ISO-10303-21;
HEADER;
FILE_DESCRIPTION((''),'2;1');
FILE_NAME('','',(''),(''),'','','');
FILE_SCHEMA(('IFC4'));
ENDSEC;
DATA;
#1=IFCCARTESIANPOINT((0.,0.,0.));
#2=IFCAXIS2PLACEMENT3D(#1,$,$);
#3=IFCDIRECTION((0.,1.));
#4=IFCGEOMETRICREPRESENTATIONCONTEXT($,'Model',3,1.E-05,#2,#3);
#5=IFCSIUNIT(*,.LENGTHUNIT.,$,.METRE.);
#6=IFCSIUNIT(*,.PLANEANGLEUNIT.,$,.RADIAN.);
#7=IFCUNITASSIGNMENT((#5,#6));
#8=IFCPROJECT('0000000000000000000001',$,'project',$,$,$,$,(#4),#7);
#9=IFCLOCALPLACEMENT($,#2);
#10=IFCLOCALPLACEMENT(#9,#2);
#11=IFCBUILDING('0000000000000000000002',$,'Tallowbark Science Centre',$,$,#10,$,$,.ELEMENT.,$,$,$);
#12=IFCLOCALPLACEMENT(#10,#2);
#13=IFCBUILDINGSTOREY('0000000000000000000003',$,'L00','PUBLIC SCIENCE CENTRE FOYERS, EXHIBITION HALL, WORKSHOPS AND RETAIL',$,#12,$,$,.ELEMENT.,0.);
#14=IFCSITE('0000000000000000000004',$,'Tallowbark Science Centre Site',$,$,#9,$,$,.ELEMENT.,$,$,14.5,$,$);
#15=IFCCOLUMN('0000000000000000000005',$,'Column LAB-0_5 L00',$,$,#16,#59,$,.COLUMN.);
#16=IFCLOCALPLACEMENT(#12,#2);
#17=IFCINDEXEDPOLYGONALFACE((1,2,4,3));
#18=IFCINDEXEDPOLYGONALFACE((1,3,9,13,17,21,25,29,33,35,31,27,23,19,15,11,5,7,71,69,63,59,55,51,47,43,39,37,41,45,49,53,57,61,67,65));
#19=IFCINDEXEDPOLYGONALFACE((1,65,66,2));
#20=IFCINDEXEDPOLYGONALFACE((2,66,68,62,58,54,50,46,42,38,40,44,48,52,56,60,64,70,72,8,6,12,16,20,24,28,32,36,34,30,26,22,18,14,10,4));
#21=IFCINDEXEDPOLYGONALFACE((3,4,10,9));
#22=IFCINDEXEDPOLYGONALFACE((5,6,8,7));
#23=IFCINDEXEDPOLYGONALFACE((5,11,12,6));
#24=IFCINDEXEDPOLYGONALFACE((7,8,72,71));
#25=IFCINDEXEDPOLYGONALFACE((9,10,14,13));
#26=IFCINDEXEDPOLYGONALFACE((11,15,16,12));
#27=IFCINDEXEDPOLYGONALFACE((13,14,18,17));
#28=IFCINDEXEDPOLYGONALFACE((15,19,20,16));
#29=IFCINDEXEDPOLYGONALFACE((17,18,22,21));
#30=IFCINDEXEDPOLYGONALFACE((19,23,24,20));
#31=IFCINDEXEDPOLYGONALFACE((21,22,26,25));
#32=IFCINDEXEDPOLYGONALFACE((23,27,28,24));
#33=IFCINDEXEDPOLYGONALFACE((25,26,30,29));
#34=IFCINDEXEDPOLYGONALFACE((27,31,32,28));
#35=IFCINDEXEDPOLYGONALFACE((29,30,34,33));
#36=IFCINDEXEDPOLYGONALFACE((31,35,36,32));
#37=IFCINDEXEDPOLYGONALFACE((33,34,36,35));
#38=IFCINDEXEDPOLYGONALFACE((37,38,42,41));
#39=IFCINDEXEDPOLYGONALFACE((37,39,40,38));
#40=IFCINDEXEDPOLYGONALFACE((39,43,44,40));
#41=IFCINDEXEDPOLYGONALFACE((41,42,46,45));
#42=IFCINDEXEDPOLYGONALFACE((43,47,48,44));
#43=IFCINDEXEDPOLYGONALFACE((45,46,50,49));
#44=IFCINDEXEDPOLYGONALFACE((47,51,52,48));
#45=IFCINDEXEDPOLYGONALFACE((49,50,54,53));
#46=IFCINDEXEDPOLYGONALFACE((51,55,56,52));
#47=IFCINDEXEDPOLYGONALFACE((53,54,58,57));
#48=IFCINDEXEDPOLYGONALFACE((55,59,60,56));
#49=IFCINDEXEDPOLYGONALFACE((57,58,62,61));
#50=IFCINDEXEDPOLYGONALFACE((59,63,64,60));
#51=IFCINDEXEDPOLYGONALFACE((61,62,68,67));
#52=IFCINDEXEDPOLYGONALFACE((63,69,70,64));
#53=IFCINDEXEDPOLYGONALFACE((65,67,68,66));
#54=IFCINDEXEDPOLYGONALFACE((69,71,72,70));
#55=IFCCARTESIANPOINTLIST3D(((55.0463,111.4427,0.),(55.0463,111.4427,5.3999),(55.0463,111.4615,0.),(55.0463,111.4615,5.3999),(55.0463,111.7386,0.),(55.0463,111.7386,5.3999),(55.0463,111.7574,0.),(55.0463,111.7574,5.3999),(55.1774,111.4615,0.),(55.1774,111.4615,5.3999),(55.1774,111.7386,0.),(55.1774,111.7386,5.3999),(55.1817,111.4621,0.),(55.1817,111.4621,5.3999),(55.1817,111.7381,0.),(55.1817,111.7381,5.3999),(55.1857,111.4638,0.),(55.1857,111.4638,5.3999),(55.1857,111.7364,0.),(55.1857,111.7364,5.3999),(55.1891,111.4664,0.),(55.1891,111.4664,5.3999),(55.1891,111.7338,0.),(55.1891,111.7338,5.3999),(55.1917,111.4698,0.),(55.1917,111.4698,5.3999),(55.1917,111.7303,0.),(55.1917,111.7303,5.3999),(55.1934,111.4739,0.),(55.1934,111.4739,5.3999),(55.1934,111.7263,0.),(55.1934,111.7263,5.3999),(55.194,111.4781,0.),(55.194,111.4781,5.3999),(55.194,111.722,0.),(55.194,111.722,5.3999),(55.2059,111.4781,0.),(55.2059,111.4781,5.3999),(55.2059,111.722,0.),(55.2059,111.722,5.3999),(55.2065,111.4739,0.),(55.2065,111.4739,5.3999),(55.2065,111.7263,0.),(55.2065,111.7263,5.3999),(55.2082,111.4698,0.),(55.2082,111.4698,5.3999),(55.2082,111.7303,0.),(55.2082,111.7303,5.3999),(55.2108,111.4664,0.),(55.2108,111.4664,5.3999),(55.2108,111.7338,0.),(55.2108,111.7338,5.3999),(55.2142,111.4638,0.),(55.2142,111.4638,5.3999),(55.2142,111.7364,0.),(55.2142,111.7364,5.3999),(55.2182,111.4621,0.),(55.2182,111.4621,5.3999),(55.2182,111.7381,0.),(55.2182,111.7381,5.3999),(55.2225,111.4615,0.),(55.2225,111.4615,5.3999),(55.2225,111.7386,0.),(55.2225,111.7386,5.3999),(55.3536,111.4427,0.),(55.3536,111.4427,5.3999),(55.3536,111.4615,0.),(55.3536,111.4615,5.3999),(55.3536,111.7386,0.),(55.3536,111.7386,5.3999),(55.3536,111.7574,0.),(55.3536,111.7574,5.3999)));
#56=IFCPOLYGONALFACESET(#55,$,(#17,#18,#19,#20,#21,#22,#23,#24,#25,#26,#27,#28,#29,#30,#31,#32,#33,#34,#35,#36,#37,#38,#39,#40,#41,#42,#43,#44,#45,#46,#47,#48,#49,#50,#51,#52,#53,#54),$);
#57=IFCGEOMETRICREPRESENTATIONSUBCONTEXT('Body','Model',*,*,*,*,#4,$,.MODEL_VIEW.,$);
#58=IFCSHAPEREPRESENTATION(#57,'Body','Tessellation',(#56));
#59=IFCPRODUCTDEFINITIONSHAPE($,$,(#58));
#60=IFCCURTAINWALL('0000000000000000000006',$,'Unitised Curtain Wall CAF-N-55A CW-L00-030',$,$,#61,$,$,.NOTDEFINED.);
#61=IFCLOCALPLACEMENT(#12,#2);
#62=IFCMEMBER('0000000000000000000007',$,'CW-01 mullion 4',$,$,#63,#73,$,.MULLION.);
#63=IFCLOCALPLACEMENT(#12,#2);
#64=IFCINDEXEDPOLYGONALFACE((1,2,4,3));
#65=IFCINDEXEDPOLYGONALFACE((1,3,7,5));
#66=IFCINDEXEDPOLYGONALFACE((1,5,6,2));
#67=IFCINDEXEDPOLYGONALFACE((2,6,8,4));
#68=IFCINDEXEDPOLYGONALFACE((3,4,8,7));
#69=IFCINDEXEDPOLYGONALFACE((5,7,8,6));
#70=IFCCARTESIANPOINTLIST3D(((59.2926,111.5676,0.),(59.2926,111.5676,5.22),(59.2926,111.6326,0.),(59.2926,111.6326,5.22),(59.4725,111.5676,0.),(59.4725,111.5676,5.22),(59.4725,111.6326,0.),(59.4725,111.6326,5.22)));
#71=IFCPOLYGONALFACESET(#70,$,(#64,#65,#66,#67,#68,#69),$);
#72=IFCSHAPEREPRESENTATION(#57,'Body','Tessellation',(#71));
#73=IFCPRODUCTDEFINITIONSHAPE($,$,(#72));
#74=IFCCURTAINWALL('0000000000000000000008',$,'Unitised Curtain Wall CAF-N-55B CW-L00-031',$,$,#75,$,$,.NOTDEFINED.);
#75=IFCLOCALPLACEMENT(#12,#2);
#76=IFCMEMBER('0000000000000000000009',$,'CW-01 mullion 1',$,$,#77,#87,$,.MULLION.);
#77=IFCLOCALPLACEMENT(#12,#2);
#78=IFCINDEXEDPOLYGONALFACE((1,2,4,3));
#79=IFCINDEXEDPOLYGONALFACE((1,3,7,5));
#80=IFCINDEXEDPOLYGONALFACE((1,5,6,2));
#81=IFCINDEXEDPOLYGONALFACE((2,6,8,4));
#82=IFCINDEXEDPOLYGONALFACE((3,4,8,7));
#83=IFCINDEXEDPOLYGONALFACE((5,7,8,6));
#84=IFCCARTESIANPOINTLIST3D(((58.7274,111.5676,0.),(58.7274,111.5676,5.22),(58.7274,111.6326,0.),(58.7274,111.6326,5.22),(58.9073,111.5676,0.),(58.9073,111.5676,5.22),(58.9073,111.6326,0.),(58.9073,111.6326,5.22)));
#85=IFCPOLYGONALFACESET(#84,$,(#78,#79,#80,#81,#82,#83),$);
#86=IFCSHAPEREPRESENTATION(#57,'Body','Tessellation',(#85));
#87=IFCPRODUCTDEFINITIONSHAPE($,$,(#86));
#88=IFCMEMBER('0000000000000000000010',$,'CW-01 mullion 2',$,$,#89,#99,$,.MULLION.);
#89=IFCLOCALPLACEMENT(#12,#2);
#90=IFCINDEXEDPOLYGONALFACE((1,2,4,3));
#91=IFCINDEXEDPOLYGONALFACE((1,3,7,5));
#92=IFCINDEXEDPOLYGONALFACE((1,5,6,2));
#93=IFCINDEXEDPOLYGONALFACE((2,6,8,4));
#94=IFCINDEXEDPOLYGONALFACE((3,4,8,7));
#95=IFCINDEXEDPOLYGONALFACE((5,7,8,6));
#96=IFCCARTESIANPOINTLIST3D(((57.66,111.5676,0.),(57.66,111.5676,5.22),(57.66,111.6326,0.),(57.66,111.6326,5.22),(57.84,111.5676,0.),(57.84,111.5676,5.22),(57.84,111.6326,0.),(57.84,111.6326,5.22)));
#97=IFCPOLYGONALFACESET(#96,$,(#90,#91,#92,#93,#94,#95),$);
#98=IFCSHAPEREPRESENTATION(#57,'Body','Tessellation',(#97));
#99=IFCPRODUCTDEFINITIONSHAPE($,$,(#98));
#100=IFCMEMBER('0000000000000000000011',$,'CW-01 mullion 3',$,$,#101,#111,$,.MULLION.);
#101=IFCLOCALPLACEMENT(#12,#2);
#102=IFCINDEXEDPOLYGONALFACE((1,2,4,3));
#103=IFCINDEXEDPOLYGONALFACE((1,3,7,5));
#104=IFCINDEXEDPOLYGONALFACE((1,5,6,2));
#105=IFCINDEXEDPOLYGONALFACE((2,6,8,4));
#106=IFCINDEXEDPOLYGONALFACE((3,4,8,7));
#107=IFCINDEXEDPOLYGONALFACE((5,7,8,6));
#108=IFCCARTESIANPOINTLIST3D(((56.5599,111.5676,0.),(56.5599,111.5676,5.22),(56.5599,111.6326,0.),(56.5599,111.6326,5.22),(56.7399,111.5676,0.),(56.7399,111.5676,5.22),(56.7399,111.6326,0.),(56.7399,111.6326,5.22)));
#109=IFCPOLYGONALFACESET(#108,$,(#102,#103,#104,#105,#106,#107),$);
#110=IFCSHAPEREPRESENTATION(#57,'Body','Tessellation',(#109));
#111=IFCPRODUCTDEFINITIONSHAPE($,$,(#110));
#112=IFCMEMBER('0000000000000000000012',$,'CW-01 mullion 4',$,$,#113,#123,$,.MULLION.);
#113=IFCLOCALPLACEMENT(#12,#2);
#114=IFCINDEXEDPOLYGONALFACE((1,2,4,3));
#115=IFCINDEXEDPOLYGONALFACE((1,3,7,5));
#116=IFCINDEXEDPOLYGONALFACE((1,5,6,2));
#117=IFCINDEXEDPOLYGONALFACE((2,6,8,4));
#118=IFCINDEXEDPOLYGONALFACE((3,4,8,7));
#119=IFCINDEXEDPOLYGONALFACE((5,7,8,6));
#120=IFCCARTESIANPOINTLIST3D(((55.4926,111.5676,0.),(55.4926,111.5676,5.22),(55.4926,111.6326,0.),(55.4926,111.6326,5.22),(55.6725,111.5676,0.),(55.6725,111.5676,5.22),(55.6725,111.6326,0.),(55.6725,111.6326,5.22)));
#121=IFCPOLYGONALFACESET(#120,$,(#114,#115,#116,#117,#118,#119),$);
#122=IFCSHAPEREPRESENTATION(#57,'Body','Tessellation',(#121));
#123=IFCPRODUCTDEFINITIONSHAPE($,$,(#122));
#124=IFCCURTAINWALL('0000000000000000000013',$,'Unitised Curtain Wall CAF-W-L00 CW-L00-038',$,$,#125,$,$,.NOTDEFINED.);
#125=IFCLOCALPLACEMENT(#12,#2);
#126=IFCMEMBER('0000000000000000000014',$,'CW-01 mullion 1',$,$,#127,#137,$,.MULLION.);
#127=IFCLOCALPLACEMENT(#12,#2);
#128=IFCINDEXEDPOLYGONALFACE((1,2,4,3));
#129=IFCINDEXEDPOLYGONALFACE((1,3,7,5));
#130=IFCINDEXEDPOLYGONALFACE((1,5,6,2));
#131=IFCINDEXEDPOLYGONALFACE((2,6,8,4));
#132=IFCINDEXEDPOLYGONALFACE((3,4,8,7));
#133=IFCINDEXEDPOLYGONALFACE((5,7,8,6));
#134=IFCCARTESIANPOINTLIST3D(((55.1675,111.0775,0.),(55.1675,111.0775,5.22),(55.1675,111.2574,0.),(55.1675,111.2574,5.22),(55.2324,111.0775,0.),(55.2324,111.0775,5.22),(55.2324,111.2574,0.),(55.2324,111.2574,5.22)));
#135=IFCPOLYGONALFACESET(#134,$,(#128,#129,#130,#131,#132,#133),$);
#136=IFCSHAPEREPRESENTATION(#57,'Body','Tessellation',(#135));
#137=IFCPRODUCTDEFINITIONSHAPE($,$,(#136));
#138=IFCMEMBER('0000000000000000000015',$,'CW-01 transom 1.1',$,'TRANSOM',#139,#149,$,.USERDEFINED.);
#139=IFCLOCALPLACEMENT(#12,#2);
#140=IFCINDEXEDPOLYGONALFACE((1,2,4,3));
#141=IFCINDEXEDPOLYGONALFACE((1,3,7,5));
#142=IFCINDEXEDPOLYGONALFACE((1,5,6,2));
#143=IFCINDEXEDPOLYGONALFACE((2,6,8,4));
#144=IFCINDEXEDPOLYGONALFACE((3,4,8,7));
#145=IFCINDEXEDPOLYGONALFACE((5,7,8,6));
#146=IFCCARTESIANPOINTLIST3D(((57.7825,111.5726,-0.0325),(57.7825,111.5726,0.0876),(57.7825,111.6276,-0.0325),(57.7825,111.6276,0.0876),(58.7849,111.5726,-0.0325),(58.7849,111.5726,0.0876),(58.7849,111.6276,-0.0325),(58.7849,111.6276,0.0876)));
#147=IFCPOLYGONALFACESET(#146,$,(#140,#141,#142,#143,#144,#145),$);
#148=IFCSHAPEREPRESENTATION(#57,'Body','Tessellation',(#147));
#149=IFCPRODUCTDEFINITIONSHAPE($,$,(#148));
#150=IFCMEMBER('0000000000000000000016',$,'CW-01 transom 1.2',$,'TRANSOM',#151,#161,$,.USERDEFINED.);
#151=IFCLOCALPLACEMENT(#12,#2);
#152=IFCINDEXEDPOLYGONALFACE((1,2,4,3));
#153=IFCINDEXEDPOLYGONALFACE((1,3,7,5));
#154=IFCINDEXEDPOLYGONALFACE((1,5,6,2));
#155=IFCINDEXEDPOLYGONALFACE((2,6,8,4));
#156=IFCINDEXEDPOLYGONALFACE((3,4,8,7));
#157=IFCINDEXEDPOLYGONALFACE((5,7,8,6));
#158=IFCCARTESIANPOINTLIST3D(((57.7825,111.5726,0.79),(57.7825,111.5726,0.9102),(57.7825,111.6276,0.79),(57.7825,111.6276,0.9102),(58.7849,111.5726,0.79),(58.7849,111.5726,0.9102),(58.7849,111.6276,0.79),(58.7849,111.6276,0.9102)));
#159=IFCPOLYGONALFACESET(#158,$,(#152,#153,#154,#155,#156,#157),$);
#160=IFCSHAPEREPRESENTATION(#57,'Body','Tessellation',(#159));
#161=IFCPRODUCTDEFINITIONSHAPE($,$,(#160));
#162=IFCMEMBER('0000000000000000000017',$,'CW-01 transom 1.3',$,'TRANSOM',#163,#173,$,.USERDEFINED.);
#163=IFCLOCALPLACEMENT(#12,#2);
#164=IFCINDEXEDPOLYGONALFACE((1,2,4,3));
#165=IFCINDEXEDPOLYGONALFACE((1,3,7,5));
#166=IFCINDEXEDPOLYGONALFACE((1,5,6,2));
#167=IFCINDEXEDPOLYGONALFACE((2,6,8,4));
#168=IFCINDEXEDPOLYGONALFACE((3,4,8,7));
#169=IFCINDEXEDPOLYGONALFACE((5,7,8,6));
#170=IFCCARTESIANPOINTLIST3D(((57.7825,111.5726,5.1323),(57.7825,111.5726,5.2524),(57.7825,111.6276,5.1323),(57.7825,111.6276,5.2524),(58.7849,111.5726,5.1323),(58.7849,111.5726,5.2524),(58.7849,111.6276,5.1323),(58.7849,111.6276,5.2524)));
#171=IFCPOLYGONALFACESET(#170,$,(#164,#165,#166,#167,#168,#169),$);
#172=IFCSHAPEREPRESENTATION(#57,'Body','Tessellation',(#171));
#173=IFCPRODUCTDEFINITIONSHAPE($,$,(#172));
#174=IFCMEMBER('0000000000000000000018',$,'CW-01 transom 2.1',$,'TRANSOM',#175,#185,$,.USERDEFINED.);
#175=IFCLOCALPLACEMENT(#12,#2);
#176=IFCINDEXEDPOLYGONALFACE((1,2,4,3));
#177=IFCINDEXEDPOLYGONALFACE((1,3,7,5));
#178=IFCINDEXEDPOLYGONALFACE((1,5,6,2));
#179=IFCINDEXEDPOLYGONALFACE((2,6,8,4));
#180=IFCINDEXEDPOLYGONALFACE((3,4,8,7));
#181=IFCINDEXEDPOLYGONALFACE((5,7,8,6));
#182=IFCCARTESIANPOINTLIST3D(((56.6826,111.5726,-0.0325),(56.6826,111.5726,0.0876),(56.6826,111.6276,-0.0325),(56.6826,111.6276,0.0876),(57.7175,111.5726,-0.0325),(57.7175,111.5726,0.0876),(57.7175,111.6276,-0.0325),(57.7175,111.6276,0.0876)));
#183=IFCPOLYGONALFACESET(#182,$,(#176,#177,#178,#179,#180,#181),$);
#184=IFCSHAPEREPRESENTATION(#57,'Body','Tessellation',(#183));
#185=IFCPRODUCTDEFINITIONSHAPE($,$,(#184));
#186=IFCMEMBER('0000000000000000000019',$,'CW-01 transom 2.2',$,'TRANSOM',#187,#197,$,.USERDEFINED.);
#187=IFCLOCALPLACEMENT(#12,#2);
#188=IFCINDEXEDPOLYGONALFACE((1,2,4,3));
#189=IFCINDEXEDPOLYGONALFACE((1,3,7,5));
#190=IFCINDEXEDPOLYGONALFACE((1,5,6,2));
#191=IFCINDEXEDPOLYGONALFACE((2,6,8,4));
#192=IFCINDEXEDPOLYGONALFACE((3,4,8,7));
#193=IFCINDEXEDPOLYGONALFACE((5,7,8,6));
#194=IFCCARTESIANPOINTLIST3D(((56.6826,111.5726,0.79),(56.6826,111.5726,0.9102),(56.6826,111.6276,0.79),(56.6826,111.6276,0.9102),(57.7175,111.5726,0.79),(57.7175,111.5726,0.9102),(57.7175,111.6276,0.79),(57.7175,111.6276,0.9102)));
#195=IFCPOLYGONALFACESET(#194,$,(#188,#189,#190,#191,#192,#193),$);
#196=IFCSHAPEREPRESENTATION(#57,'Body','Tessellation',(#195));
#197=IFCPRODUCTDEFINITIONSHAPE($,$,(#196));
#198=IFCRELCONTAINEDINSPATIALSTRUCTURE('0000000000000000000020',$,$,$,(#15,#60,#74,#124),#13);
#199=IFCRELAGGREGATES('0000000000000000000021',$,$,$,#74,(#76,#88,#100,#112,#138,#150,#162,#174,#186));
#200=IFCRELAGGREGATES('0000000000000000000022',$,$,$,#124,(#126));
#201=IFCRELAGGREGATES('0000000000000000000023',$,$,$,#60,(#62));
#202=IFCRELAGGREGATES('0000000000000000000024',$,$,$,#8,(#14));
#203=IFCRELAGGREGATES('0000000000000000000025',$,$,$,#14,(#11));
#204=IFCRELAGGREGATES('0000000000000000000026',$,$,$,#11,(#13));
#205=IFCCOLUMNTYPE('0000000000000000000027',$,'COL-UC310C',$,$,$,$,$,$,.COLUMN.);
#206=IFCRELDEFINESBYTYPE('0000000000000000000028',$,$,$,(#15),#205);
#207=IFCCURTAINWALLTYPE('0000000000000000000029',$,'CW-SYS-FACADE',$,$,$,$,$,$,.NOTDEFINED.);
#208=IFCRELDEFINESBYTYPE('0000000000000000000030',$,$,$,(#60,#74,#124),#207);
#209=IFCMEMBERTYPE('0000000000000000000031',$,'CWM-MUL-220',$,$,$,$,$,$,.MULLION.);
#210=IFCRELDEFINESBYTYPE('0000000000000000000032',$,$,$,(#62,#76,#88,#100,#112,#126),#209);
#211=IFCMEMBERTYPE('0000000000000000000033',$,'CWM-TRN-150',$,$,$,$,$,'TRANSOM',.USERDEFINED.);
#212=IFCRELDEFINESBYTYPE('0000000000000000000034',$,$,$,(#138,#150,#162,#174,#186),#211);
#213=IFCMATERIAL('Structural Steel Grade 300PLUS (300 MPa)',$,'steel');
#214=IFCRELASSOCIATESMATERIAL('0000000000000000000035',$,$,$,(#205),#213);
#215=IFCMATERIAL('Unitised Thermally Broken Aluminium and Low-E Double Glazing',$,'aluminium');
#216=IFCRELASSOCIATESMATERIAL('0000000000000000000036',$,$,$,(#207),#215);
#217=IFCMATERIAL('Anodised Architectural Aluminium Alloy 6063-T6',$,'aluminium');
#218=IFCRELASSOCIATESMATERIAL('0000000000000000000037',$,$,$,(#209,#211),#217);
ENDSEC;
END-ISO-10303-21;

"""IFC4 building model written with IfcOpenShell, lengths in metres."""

from ifc_helpers import new_model, si_unit, direction, frame, origin, origin_2d, place, context, subcontext, project, spatial, rectangle, i_section, extrude, material, material_profile, profile_set, type_object, element, aggregate, save


model = new_model("IFC4")

# Units and contexts
model_context = context("Model", 3, precision=1e-05, world=origin(), true_north=direction((0.0, 1.0)))
body_context = subcontext(model_context, "Body", "Model", "MODEL_VIEW")
ifc_project = project(units=[si_unit("LENGTHUNIT", "METRE"), si_unit("PLANEANGLEUNIT", "RADIAN")], contexts=[model_context])

# Site, building, storey
site_placement = place(None, origin())
site = spatial("IfcSite", under=ifc_project, at=site_placement, Name="Tallowbark Science Centre Site", CompositionType="ELEMENT", RefElevation=14.5)
building_placement = place(site_placement, origin())
building = spatial("IfcBuilding", under=site, at=building_placement, Name="Tallowbark Science Centre", CompositionType="ELEMENT")
storey_placement = place(building_placement, origin())
storey = spatial("IfcBuildingStorey", under=building, at=storey_placement, Name="L00", Description="PUBLIC SCIENCE CENTRE FOYERS, EXHIBITION HALL, WORKSHOPS AND RETAIL", CompositionType="ELEMENT", Elevation=0.0)

# Column
ifc_material_1 = material(Name="Structural Steel Grade 300PLUS (300 MPa)", Category="steel")
ifc_material_profile_1 = material_profile(ifc_material_1, i_section(OverallWidth=0.3074, OverallDepth=0.3147, WebThickness=0.012, FlangeThickness=0.0188, FilletRadius=0.0166, at=origin_2d()), Name="310UC118")
ifc_profile_set_1 = profile_set([ifc_material_profile_1], Name="Structural Steel Grade 300PLUS (300 MPa)")
column_type = type_object("IfcColumnType", Name="COL-UC310C", PredefinedType="COLUMN", material=ifc_profile_set_1)
column_placement = place(storey_placement, frame((55.2, 111.6001, 0.0), z_axis=(0.0, 0.0, 1.0), x_axis=(1.0, 0.0, 0.0)))
element("IfcColumn", 1, at=column_placement, inside=storey, type_object=column_type, Name="Column LAB-0_5 L00", PredefinedType="COLUMN", context=body_context, shape_type="SweptSolid", body=[
    extrude(i_section(OverallWidth=0.3074, OverallDepth=0.3147, WebThickness=0.012, FlangeThickness=0.0188, FilletRadius=0.0166, at=origin_2d()), origin(), (0.0, 0.0, 1.0), 5.3999),
])

# Curtain wall, member
ifc_material_2 = material(Name="Unitised Thermally Broken Aluminium and Low-E Double Glazing", Category="aluminium")
curtain_wall_type = type_object("IfcCurtainWallType", Name="CW-SYS-FACADE", PredefinedType="NOTDEFINED", material=ifc_material_2)
curtain_wall_1_placement = place(storey_placement, origin())
curtain_wall_1 = element("IfcCurtainWall", 2, at=curtain_wall_1_placement, inside=storey, type_object=curtain_wall_type, Name="Unitised Curtain Wall CAF-N-55A CW-L00-030", PredefinedType="NOTDEFINED")
ifc_material_3 = material(Name="Anodised Architectural Aluminium Alloy 6063-T6", Category="aluminium")
ifc_material_profile_2 = material_profile(ifc_material_3, rectangle(XDim=0.0649, YDim=0.1799, at=origin_2d()), Name="ALU65x180")
ifc_profile_set_2 = profile_set([ifc_material_profile_2], Name="Anodised Architectural Aluminium Alloy 6063-T6")
member_type_1 = type_object("IfcMemberType", Name="CWM-MUL-220", PredefinedType="MULLION", material=ifc_profile_set_2)
member_1_placement = place(storey_placement, frame((59.3826, 111.6001, 0.0), z_axis=(0.0, 0.0, 1.0), x_axis=(0.0, -1.0, 0.0)))
member_1 = element("IfcMember", 3, at=member_1_placement, type_object=member_type_1, Name="CW-01 mullion 4", PredefinedType="MULLION", context=body_context, shape_type="SweptSolid", body=[
    extrude(rectangle(XDim=0.0649, YDim=0.1799, at=origin_2d()), origin(), (0.0, 0.0, 1.0), 5.22),
])

# Curtain wall, members
curtain_wall_2_placement = place(storey_placement, origin())
curtain_wall_2 = element("IfcCurtainWall", 4, at=curtain_wall_2_placement, inside=storey, type_object=curtain_wall_type, Name="Unitised Curtain Wall CAF-N-55B CW-L00-031", PredefinedType="NOTDEFINED")
member_2_placement = place(storey_placement, frame((58.8174, 111.6001, 0.0), z_axis=(0.0, 0.0, 1.0), x_axis=(0.0, -1.0, 0.0)))
member_2 = element("IfcMember", 5, at=member_2_placement, type_object=member_type_1, Name="CW-01 mullion 1", PredefinedType="MULLION", context=body_context, shape_type="SweptSolid", body=[
    extrude(rectangle(XDim=0.0649, YDim=0.1799, at=origin_2d()), origin(), (0.0, 0.0, 1.0), 5.22),
])
member_3_placement = place(storey_placement, frame((57.75, 111.6001, 0.0), z_axis=(0.0, 0.0, 1.0), x_axis=(0.0, -1.0, 0.0)))
member_3 = element("IfcMember", 6, at=member_3_placement, type_object=member_type_1, Name="CW-01 mullion 2", PredefinedType="MULLION", context=body_context, shape_type="SweptSolid", body=[
    extrude(rectangle(XDim=0.0649, YDim=0.1799, at=origin_2d()), origin(), (0.0, 0.0, 1.0), 5.22),
])
member_4_placement = place(storey_placement, frame((56.6499, 111.6001, 0.0), z_axis=(0.0, 0.0, 1.0), x_axis=(0.0, -1.0, 0.0)))
member_4 = element("IfcMember", 7, at=member_4_placement, type_object=member_type_1, Name="CW-01 mullion 3", PredefinedType="MULLION", context=body_context, shape_type="SweptSolid", body=[
    extrude(rectangle(XDim=0.0649, YDim=0.1799, at=origin_2d()), origin(), (0.0, 0.0, 1.0), 5.22),
])
member_5_placement = place(storey_placement, frame((55.5825, 111.6001, 0.0), z_axis=(0.0, 0.0, 1.0), x_axis=(0.0, -1.0, 0.0)))
member_5 = element("IfcMember", 8, at=member_5_placement, type_object=member_type_1, Name="CW-01 mullion 4", PredefinedType="MULLION", context=body_context, shape_type="SweptSolid", body=[
    extrude(rectangle(XDim=0.0649, YDim=0.1799, at=origin_2d()), origin(), (0.0, 0.0, 1.0), 5.22),
])

# Curtain wall, member
curtain_wall_3_placement = place(storey_placement, origin())
curtain_wall_3 = element("IfcCurtainWall", 9, at=curtain_wall_3_placement, inside=storey, type_object=curtain_wall_type, Name="Unitised Curtain Wall CAF-W-L00 CW-L00-038", PredefinedType="NOTDEFINED")
member_6_placement = place(storey_placement, frame((55.2, 111.1675, 0.0), z_axis=(0.0, 0.0, 1.0), x_axis=(1.0, 0.0, 0.0)))
member_6 = element("IfcMember", 10, at=member_6_placement, type_object=member_type_1, Name="CW-01 mullion 1", PredefinedType="MULLION", context=body_context, shape_type="SweptSolid", body=[
    extrude(rectangle(XDim=0.0649, YDim=0.1799, at=origin_2d()), origin(), (0.0, 0.0, 1.0), 5.22),
])

# Members
ifc_material_profile_3 = material_profile(ifc_material_3, rectangle(XDim=0.0549, YDim=0.1201, at=origin_2d()), Name="ALU55x120")
ifc_profile_set_3 = profile_set([ifc_material_profile_3], Name="Anodised Architectural Aluminium Alloy 6063-T6")
member_type_2 = type_object("IfcMemberType", Name="CWM-TRN-150", ElementType="TRANSOM", PredefinedType="USERDEFINED", material=ifc_profile_set_3)
member_7_placement = place(storey_placement, frame((58.7849, 111.6001, 0.0276), z_axis=(-1.0, 0.0, 0.0), x_axis=(0.0, -1.0, 0.0)))
member_7 = element("IfcMember", 11, at=member_7_placement, type_object=member_type_2, Name="CW-01 transom 1.1", ObjectType="TRANSOM", PredefinedType="USERDEFINED", context=body_context, shape_type="SweptSolid", body=[
    extrude(rectangle(XDim=0.0549, YDim=0.1201, at=origin_2d()), origin(), (0.0, 0.0, 1.0), 1.0024),
])
member_8_placement = place(storey_placement, frame((58.7849, 111.6001, 0.8501), z_axis=(-1.0, 0.0, 0.0), x_axis=(0.0, -1.0, 0.0)))
member_8 = element("IfcMember", 12, at=member_8_placement, type_object=member_type_2, Name="CW-01 transom 1.2", ObjectType="TRANSOM", PredefinedType="USERDEFINED", context=body_context, shape_type="SweptSolid", body=[
    extrude(rectangle(XDim=0.0549, YDim=0.1201, at=origin_2d()), origin(), (0.0, 0.0, 1.0), 1.0024),
])
member_9_placement = place(storey_placement, frame((58.7849, 111.6001, 5.1924), z_axis=(-1.0, 0.0, 0.0), x_axis=(0.0, -1.0, 0.0)))
member_9 = element("IfcMember", 13, at=member_9_placement, type_object=member_type_2, Name="CW-01 transom 1.3", ObjectType="TRANSOM", PredefinedType="USERDEFINED", context=body_context, shape_type="SweptSolid", body=[
    extrude(rectangle(XDim=0.0549, YDim=0.1201, at=origin_2d()), origin(), (0.0, 0.0, 1.0), 1.0024),
])
member_10_placement = place(storey_placement, frame((57.7175, 111.6001, 0.0276), z_axis=(-1.0, 0.0, 0.0), x_axis=(0.0, -1.0, 0.0)))
member_10 = element("IfcMember", 14, at=member_10_placement, type_object=member_type_2, Name="CW-01 transom 2.1", ObjectType="TRANSOM", PredefinedType="USERDEFINED", context=body_context, shape_type="SweptSolid", body=[
    extrude(rectangle(XDim=0.0549, YDim=0.1201, at=origin_2d()), origin(), (0.0, 0.0, 1.0), 1.0349),
])
member_11_placement = place(storey_placement, frame((57.7175, 111.6001, 0.8501), z_axis=(-1.0, 0.0, 0.0), x_axis=(0.0, -1.0, 0.0)))
member_11 = element("IfcMember", 15, at=member_11_placement, type_object=member_type_2, Name="CW-01 transom 2.2", ObjectType="TRANSOM", PredefinedType="USERDEFINED", context=body_context, shape_type="SweptSolid", body=[
    extrude(rectangle(XDim=0.0549, YDim=0.1201, at=origin_2d()), origin(), (0.0, 0.0, 1.0), 1.0349),
])

aggregate(curtain_wall_2, [member_2, member_3, member_4, member_5, member_7, member_8, member_9, member_10, member_11])
aggregate(curtain_wall_3, [member_6])
aggregate(curtain_wall_1, [member_1])

save(model, "model.ifc")
